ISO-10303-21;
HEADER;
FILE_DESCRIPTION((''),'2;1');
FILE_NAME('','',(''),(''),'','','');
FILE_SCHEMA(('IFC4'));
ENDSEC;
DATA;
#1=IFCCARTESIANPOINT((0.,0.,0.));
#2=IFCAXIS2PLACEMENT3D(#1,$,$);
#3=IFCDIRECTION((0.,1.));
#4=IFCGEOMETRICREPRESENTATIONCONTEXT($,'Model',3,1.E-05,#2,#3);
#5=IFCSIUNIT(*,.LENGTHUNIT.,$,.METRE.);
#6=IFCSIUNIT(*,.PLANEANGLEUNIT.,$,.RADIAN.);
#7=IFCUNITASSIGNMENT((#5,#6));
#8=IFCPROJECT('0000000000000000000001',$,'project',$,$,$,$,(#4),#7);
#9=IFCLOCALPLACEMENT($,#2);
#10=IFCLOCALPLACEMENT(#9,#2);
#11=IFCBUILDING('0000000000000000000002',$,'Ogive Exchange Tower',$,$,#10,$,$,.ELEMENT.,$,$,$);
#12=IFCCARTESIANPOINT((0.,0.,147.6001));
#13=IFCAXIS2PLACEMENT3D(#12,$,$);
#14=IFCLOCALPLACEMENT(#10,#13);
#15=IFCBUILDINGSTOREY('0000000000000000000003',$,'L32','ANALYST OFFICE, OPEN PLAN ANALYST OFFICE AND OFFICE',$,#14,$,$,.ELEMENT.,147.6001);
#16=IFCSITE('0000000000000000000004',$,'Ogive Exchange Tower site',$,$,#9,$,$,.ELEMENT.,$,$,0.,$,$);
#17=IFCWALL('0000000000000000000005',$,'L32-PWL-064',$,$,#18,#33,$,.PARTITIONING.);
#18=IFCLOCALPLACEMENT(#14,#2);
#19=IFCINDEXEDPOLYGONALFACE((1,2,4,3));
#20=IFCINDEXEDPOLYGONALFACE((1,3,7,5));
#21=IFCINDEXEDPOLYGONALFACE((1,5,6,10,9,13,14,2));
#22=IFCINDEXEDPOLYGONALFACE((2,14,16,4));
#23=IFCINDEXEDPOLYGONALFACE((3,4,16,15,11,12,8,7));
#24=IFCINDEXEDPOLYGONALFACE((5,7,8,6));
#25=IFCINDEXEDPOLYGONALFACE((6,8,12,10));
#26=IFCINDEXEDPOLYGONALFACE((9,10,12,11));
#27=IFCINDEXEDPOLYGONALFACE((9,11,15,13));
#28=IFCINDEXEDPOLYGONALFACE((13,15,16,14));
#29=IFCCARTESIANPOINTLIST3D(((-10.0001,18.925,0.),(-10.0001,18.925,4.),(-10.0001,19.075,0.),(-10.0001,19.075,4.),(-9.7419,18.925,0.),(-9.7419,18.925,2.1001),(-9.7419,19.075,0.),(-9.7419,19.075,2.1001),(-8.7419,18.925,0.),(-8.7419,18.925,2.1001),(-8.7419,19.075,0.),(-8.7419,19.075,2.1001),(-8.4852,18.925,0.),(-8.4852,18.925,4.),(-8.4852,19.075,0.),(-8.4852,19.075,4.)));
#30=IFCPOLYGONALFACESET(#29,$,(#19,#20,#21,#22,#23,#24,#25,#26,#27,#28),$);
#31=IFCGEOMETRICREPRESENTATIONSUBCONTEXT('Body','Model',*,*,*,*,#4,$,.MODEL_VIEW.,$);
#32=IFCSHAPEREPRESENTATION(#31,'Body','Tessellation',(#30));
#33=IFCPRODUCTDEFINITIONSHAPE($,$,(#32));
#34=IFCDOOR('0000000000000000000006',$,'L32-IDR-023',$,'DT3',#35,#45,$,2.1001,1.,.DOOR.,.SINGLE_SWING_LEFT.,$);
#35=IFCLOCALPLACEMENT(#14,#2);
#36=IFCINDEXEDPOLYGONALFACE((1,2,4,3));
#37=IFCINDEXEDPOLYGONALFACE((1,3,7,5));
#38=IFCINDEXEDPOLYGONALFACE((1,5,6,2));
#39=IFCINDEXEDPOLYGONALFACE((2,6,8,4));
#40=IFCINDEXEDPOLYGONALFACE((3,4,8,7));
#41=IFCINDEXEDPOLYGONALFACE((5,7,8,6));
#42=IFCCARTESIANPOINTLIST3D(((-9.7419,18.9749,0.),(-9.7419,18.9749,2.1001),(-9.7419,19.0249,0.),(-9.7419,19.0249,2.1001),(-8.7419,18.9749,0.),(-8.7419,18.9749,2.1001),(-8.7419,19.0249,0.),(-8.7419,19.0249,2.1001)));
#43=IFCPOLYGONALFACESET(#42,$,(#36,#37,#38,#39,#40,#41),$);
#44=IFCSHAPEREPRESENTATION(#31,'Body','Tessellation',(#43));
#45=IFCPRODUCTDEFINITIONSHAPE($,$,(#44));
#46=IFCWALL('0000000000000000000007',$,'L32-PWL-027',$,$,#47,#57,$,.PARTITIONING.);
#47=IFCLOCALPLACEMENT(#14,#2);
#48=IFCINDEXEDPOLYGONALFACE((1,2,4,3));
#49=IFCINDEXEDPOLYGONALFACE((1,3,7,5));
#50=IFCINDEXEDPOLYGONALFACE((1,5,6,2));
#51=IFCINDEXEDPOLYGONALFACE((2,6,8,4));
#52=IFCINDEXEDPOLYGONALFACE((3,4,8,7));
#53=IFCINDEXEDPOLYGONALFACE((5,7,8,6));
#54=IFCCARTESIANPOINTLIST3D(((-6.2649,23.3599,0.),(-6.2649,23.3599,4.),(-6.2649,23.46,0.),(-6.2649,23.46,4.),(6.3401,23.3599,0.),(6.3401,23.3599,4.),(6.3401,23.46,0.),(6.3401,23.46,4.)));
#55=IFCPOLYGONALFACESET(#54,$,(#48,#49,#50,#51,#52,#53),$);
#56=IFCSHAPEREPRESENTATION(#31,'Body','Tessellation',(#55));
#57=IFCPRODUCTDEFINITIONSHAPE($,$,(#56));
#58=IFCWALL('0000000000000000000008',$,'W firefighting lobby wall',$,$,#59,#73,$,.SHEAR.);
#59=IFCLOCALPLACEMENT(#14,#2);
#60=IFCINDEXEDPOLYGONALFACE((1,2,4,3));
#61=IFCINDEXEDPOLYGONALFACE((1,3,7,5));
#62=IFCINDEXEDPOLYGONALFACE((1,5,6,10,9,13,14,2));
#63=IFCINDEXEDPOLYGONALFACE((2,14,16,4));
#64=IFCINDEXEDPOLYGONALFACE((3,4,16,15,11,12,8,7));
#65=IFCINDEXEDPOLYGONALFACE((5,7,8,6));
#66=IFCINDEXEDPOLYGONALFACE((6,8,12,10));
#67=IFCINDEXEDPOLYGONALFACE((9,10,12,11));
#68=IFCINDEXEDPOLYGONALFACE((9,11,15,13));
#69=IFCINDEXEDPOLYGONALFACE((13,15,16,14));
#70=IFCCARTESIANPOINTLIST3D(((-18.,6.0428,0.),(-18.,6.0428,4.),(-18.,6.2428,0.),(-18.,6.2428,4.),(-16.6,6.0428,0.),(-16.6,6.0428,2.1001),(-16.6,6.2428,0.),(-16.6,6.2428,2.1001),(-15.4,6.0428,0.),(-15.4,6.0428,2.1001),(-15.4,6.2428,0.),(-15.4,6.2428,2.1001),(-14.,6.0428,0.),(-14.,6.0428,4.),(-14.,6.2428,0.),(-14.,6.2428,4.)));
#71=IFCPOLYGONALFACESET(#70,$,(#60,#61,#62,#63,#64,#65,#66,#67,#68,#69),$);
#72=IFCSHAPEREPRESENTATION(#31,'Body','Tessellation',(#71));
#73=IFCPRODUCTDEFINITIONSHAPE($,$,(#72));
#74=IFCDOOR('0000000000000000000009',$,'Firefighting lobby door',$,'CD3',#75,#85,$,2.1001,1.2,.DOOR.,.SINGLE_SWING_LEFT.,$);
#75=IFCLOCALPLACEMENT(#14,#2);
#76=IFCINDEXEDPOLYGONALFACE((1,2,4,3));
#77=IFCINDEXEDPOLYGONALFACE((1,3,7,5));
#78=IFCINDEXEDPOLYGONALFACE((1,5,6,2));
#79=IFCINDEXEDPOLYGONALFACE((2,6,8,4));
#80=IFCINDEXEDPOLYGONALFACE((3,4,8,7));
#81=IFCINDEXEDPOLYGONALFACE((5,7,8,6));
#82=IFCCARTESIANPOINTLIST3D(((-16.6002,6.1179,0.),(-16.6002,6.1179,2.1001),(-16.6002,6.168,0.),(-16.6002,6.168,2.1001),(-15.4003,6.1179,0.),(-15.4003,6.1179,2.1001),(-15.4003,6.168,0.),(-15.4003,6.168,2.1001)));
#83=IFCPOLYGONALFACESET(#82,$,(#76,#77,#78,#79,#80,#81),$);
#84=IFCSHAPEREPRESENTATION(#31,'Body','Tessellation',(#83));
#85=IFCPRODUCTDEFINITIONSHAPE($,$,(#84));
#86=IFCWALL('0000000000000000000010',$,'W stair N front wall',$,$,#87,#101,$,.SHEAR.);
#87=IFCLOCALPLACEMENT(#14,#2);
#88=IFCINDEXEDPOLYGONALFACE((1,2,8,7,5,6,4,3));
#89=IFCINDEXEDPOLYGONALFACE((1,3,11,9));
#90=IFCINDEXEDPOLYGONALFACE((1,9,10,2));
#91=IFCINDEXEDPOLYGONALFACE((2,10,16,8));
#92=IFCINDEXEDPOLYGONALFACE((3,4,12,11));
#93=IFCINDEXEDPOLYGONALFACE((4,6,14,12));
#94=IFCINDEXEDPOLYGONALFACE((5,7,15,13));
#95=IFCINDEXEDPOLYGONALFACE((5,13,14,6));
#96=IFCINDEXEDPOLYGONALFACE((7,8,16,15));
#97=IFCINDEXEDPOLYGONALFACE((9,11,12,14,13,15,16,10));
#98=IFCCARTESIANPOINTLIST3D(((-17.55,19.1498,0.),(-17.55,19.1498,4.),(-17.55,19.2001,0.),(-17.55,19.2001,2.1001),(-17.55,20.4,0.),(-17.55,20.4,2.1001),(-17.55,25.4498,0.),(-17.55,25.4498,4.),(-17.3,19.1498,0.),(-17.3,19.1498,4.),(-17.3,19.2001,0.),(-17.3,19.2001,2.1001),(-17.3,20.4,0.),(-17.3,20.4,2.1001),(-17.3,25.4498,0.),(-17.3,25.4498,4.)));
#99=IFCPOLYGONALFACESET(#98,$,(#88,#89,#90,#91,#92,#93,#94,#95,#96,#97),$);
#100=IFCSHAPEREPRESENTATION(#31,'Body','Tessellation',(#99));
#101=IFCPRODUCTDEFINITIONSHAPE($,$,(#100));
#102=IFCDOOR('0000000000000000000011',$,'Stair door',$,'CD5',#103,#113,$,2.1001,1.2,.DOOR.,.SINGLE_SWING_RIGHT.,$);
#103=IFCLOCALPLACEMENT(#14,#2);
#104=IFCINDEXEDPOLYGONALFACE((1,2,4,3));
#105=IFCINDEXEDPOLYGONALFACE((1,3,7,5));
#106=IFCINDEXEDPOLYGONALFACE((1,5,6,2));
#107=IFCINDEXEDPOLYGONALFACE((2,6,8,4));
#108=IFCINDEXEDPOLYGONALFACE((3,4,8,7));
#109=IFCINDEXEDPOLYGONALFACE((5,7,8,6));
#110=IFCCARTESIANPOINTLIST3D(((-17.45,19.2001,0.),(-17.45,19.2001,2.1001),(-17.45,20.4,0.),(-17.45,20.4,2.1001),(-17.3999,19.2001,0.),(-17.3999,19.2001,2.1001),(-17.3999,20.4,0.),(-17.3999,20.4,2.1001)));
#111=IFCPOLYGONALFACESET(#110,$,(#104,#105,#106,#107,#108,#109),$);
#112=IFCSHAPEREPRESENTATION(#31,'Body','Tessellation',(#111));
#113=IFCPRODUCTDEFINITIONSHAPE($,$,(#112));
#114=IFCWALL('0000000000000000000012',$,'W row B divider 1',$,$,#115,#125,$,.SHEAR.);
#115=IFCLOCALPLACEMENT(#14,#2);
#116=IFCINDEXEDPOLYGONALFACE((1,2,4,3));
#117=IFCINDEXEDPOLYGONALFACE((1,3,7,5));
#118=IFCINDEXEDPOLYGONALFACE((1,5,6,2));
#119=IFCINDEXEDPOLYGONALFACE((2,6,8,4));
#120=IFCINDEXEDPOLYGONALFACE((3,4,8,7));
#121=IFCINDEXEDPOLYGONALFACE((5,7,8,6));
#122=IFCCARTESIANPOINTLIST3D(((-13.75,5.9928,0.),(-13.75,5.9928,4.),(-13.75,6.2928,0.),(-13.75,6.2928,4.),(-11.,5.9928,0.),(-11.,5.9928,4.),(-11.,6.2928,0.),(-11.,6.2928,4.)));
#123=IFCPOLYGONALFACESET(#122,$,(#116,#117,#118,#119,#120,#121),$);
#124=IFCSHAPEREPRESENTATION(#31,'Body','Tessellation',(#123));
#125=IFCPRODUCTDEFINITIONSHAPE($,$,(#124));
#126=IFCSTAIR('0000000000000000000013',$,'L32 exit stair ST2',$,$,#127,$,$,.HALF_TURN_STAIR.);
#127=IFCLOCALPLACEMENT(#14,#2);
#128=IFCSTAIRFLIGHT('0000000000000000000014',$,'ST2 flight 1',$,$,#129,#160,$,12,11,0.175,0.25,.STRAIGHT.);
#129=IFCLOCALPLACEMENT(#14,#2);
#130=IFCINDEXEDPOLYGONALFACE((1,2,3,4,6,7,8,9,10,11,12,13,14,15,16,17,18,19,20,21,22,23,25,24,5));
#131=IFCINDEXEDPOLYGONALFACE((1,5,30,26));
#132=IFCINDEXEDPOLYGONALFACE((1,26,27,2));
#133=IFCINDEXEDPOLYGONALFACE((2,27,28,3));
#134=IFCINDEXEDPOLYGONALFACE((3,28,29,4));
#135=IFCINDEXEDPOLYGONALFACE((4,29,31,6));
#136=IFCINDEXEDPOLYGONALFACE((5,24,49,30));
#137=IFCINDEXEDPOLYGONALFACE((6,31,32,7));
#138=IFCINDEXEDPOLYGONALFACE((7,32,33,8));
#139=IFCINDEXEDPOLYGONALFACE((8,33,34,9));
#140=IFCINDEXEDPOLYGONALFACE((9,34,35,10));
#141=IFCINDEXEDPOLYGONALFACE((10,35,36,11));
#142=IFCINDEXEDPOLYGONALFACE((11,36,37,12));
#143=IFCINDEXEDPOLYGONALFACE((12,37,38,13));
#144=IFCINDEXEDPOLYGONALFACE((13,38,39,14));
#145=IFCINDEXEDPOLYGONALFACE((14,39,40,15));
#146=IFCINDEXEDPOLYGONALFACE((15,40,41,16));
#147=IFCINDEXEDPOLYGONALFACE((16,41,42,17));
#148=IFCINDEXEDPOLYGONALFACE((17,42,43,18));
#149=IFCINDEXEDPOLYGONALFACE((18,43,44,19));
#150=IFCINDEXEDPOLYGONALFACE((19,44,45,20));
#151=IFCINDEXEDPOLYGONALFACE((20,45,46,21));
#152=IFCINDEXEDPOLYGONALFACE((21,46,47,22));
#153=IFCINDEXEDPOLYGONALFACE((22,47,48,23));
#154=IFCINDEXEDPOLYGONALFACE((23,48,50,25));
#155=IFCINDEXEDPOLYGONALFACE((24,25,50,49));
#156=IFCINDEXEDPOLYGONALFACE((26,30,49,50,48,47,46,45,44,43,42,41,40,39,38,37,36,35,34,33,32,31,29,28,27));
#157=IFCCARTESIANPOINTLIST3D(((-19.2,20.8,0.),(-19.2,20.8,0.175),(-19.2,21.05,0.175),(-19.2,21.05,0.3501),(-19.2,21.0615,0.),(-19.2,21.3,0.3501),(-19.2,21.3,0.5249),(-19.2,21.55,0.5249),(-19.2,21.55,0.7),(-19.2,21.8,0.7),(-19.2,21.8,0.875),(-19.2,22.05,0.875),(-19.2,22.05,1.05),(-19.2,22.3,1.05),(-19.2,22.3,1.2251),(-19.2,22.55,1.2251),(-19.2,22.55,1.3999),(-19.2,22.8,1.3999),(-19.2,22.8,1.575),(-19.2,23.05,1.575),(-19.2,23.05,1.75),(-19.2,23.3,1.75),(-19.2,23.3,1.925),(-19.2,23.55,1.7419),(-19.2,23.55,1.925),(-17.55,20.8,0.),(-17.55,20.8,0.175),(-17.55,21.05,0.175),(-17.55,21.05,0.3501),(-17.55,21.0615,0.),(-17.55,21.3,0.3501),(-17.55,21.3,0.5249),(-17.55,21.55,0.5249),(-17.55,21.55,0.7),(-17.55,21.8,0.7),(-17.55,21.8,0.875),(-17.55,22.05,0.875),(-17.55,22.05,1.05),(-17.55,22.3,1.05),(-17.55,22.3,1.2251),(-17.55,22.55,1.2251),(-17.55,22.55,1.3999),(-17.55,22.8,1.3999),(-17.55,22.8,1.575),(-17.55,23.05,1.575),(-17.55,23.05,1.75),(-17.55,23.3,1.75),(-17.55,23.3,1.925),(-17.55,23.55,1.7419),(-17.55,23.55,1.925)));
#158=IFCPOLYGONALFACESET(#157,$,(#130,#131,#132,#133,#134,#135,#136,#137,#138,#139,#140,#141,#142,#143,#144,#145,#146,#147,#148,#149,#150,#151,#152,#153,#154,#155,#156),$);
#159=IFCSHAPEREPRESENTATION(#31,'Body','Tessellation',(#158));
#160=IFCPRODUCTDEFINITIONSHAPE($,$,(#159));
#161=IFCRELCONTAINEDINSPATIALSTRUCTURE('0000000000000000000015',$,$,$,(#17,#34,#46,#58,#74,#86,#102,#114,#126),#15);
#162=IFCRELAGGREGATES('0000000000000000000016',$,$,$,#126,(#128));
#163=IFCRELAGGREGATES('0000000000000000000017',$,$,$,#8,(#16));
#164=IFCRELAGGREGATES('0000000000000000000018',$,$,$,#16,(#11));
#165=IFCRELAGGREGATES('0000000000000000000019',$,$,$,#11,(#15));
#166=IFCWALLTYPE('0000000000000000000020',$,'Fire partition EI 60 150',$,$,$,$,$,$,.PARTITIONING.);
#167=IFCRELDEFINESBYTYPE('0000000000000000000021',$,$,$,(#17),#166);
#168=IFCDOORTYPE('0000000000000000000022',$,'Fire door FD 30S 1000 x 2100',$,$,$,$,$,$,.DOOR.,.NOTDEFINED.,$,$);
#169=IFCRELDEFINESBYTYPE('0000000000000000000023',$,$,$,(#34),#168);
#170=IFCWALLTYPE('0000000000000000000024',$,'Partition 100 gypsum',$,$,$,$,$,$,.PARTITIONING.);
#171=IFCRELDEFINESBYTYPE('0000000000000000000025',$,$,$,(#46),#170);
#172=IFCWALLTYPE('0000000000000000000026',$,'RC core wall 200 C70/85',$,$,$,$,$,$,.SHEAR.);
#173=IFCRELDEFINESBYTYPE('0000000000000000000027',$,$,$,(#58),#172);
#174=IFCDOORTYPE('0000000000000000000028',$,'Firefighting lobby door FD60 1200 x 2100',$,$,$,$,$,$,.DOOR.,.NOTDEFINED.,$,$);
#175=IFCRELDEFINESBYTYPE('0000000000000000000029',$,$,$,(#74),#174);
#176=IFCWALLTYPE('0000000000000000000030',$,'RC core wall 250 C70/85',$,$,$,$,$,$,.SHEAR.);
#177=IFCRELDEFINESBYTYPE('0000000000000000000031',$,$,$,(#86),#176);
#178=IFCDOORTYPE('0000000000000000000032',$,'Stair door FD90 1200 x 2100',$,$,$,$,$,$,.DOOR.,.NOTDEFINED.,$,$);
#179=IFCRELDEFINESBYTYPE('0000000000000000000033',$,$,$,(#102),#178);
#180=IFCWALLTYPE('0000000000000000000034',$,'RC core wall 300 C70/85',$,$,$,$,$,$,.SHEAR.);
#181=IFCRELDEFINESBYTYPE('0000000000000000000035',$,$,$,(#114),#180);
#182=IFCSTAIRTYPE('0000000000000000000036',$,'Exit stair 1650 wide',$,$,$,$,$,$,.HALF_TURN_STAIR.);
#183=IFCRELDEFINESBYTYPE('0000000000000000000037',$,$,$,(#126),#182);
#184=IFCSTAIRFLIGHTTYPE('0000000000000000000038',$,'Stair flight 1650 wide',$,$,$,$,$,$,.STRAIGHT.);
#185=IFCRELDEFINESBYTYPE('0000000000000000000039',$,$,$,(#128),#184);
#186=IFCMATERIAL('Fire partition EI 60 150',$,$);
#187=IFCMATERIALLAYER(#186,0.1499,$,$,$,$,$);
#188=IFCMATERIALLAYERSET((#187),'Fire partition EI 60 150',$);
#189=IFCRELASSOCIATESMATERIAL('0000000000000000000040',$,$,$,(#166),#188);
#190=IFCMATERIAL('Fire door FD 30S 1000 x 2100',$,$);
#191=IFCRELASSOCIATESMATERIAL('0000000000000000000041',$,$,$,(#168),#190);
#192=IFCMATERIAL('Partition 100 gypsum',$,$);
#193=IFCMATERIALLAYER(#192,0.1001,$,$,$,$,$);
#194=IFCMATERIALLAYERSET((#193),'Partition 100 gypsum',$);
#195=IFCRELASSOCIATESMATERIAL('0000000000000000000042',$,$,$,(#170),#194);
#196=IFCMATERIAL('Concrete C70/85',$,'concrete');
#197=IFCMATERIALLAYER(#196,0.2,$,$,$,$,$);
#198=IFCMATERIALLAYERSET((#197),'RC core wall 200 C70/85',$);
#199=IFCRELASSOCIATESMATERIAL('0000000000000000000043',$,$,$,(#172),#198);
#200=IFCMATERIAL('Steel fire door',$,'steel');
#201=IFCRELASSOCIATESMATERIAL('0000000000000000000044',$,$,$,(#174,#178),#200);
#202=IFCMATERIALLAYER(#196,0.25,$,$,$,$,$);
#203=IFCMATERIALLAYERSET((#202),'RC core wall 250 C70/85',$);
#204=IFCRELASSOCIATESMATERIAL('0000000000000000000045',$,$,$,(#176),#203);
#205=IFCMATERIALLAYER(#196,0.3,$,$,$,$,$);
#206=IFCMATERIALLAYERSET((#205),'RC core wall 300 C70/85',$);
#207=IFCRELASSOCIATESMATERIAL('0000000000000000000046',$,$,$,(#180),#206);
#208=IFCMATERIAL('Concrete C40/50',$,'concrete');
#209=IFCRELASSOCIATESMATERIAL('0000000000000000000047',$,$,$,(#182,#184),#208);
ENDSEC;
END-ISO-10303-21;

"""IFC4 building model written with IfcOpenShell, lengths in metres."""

from ifc_helpers import new_model, si_unit, direction, frame, frame_2d, origin, place, context, subcontext, project, spatial, polyline, rectangle, outline, extrude, material, layer, layer_set, type_object, element, fill, aggregate, save


model = new_model("IFC4")

# Units and contexts
model_context = context("Model", 3, precision=1e-05, world=origin(), true_north=direction((0.0, 1.0)))
body_context = subcontext(model_context, "Body", "Model", "MODEL_VIEW")
ifc_project = project(units=[si_unit("LENGTHUNIT", "METRE"), si_unit("PLANEANGLEUNIT", "RADIAN")], contexts=[model_context])

# Site, building, storey
site_placement = place(None, origin())
site = spatial("IfcSite", under=ifc_project, at=site_placement, Name="Ogive Exchange Tower site", CompositionType="ELEMENT", RefElevation=0.0)
building_placement = place(site_placement, origin())
building = spatial("IfcBuilding", under=site, at=building_placement, Name="Ogive Exchange Tower", CompositionType="ELEMENT")
storey_placement = place(building_placement, frame((0.0, 0.0, 147.6001)))
storey = spatial("IfcBuildingStorey", under=building, at=storey_placement, Name="L32", Description="ANALYST OFFICE, OPEN PLAN ANALYST OFFICE AND OFFICE", CompositionType="ELEMENT", Elevation=147.6001)

# Shared definitions
ifc_material_1 = material(Name="Fire partition EI 60 150")
ifc_layer_1 = layer(ifc_material_1, 0.1499)
ifc_layer_set_1 = layer_set([ifc_layer_1], Name="Fire partition EI 60 150")
wall_type_1 = type_object("IfcWallType", Name="Fire partition EI 60 150", PredefinedType="PARTITIONING", material=ifc_layer_set_1)
ifc_material_2 = material(Name="Fire door FD 30S 1000 x 2100")
door_type_1 = type_object("IfcDoorType", Name="Fire door FD 30S 1000 x 2100", OperationType="NOTDEFINED", PredefinedType="DOOR", material=ifc_material_2)

# Wall, opening, door
wall_1_placement = place(storey_placement, frame((-10.0, 19.0, 0.0), z_axis=(0.0, 0.0, 1.0), x_axis=(1.0, 0.0, 0.0)))
wall_1 = element("IfcWall", 1, at=wall_1_placement, inside=storey, type_object=wall_type_1, Name="L32-PWL-064", PredefinedType="PARTITIONING", context=body_context, shape_type="SweptSolid", body=[
    extrude(rectangle(XDim=1.5149, YDim=0.1499, at=frame_2d((0.7573, 0.0))), origin(), (0.0, 0.0, 1.0), 4.0),
])
opening_1_placement = place(wall_1_placement, frame((0.2581, 0.0, 0.0)))
opening_1 = element("IfcOpeningElement", 2, at=opening_1_placement, cuts=wall_1, PredefinedType="OPENING", context=body_context, shape_type="SweptSolid", body=[
    extrude(rectangle(XDim=1.0, YDim=2.1001, at=frame_2d((0.5, 1.05))), frame((0.0, 0.085, 0.0), z_axis=(0.0, -1.0, 0.0), x_axis=(1.0, 0.0, 0.0)), (0.0, 0.0, 1.0), 0.1699),
])
door_1_placement = place(opening_1_placement, origin())
door_1 = element("IfcDoor", 3, at=door_1_placement, inside=storey, type_object=door_type_1, Name="L32-IDR-023", ObjectType="DT3", OperationType="SINGLE_SWING_LEFT", OverallHeight=2.1001, OverallWidth=1.0, PredefinedType="DOOR", context=body_context, shape_type="SweptSolid", body=[
    extrude(rectangle(XDim=1.0, YDim=2.1001, at=frame_2d((0.5, 1.05))), frame((0.0, 0.0249, 0.0), z_axis=(0.0, -1.0, 0.0), x_axis=(1.0, 0.0, 0.0)), (0.0, 0.0, 1.0), 0.05),
])
fill(opening_1, door_1)

# Wall
ifc_material_3 = material(Name="Partition 100 gypsum")
ifc_layer_2 = layer(ifc_material_3, 0.1001)
ifc_layer_set_2 = layer_set([ifc_layer_2], Name="Partition 100 gypsum")
wall_type_2 = type_object("IfcWallType", Name="Partition 100 gypsum", PredefinedType="PARTITIONING", material=ifc_layer_set_2)
wall_2_placement = place(storey_placement, frame((-6.2649, 23.4099, 0.0), z_axis=(0.0, 0.0, 1.0), x_axis=(1.0, 0.0, 0.0)))
element("IfcWall", 4, at=wall_2_placement, inside=storey, type_object=wall_type_2, Name="L32-PWL-027", PredefinedType="PARTITIONING", context=body_context, shape_type="SweptSolid", body=[
    extrude(rectangle(XDim=12.605, YDim=0.1001, at=frame_2d((6.3025, 0.0))), origin(), (0.0, 0.0, 1.0), 4.0),
])

# Walls, openings, doors
ifc_material_4 = material(Name="Concrete C70/85", Category="concrete")
ifc_layer_3 = layer(ifc_material_4, 0.2)
ifc_layer_set_3 = layer_set([ifc_layer_3], Name="RC core wall 200 C70/85")
wall_type_3 = type_object("IfcWallType", Name="RC core wall 200 C70/85", PredefinedType="SHEAR", material=ifc_layer_set_3)
wall_3_placement = place(storey_placement, frame((-18.0, 6.1428, 0.0), z_axis=(0.0, 0.0, 1.0), x_axis=(1.0, 0.0, 0.0)))
wall_3 = element("IfcWall", 5, at=wall_3_placement, inside=storey, type_object=wall_type_3, Name="W firefighting lobby wall", PredefinedType="SHEAR", context=body_context, shape_type="SweptSolid", body=[
    extrude(rectangle(XDim=4.0, YDim=0.2, at=frame_2d((2.0, 0.0))), origin(), (0.0, 0.0, 1.0), 4.0),
])
opening_2_placement = place(wall_3_placement, frame((1.3999, 0.0, 0.0)))
opening_2 = element("IfcOpeningElement", 6, at=opening_2_placement, cuts=wall_3, PredefinedType="OPENING", context=body_context, shape_type="SweptSolid", body=[
    extrude(rectangle(XDim=1.2, YDim=2.1001, at=frame_2d((0.6001, 1.05))), frame((0.0, 0.1099, 0.0), z_axis=(0.0, -1.0, 0.0), x_axis=(1.0, 0.0, 0.0)), (0.0, 0.0, 1.0), 0.22),
])
ifc_material_5 = material(Name="Steel fire door", Category="steel")
door_type_2 = type_object("IfcDoorType", Name="Firefighting lobby door FD60 1200 x 2100", OperationType="NOTDEFINED", PredefinedType="DOOR", material=ifc_material_5)
door_2_placement = place(opening_2_placement, frame((1.2, 0.0, 0.0), z_axis=(0.0, 0.0, 1.0), x_axis=(-1.0, 0.0, 0.0)))
door_2 = element("IfcDoor", 7, at=door_2_placement, inside=storey, type_object=door_type_2, Name="Firefighting lobby door", ObjectType="CD3", OperationType="SINGLE_SWING_LEFT", OverallHeight=2.1001, OverallWidth=1.2, PredefinedType="DOOR", context=body_context, shape_type="SweptSolid", body=[
    extrude(rectangle(XDim=1.2, YDim=2.1001, at=frame_2d((0.6001, 1.05))), frame((0.0, 0.0249, 0.0), z_axis=(0.0, -1.0, 0.0), x_axis=(1.0, 0.0, 0.0)), (0.0, 0.0, 1.0), 0.05),
])
fill(opening_2, door_2)
ifc_layer_4 = layer(ifc_material_4, 0.25)
ifc_layer_set_4 = layer_set([ifc_layer_4], Name="RC core wall 250 C70/85")
wall_type_4 = type_object("IfcWallType", Name="RC core wall 250 C70/85", PredefinedType="SHEAR", material=ifc_layer_set_4)
wall_4_placement = place(storey_placement, frame((-17.425, 19.1499, 0.0), z_axis=(0.0, 0.0, 1.0), x_axis=(0.0, 1.0, 0.0)))
wall_4 = element("IfcWall", 8, at=wall_4_placement, inside=storey, type_object=wall_type_4, Name="W stair N front wall", PredefinedType="SHEAR", context=body_context, shape_type="SweptSolid", body=[
    extrude(rectangle(XDim=6.3, YDim=0.25, at=frame_2d((3.1499, 0.0))), origin(), (0.0, 0.0, 1.0), 4.0),
])
opening_3_placement = place(wall_4_placement, frame((0.05, 0.0, 0.0)))
opening_3 = element("IfcOpeningElement", 9, at=opening_3_placement, cuts=wall_4, PredefinedType="OPENING", context=body_context, shape_type="SweptSolid", body=[
    extrude(rectangle(XDim=1.2, YDim=2.1001, at=frame_2d((0.6001, 1.05))), frame((0.0, 0.135, 0.0), z_axis=(0.0, -1.0, 0.0), x_axis=(1.0, 0.0, 0.0)), (0.0, 0.0, 1.0), 0.27),
])
door_type_3 = type_object("IfcDoorType", Name="Stair door FD90 1200 x 2100", OperationType="NOTDEFINED", PredefinedType="DOOR", material=ifc_material_5)
door_3_placement = place(opening_3_placement, origin())
door_3 = element("IfcDoor", 10, at=door_3_placement, inside=storey, type_object=door_type_3, Name="Stair door", ObjectType="CD5", OperationType="SINGLE_SWING_RIGHT", OverallHeight=2.1001, OverallWidth=1.2, PredefinedType="DOOR", context=body_context, shape_type="SweptSolid", body=[
    extrude(rectangle(XDim=1.2, YDim=2.1001, at=frame_2d((0.6001, 1.05))), frame((0.0, 0.0249, 0.0), z_axis=(0.0, -1.0, 0.0), x_axis=(1.0, 0.0, 0.0)), (0.0, 0.0, 1.0), 0.05),
])
fill(opening_3, door_3)

# Wall
ifc_layer_5 = layer(ifc_material_4, 0.3)
ifc_layer_set_5 = layer_set([ifc_layer_5], Name="RC core wall 300 C70/85")
wall_type_5 = type_object("IfcWallType", Name="RC core wall 300 C70/85", PredefinedType="SHEAR", material=ifc_layer_set_5)
wall_5_placement = place(storey_placement, frame((-13.75, 6.1428, 0.0), z_axis=(0.0, 0.0, 1.0), x_axis=(1.0, 0.0, 0.0)))
element("IfcWall", 11, at=wall_5_placement, inside=storey, type_object=wall_type_5, Name="W row B divider 1", PredefinedType="SHEAR", context=body_context, shape_type="SweptSolid", body=[
    extrude(rectangle(XDim=2.75, YDim=0.3, at=frame_2d((1.375, 0.0))), origin(), (0.0, 0.0, 1.0), 4.0),
])

# Stair, stair flight
ifc_material_6 = material(Name="Concrete C40/50", Category="concrete")
stair_type = type_object("IfcStairType", Name="Exit stair 1650 wide", PredefinedType="HALF_TURN_STAIR", material=ifc_material_6)
stair_placement = place(storey_placement, origin())
stair = element("IfcStair", 12, at=stair_placement, inside=storey, type_object=stair_type, Name="L32 exit stair ST2", PredefinedType="HALF_TURN_STAIR")
stair_flight_type = type_object("IfcStairFlightType", Name="Stair flight 1650 wide", PredefinedType="STRAIGHT", material=ifc_material_6)
stair_flight_placement = place(storey_placement, frame((-18.375, 20.8, 0.0), z_axis=(0.0, 0.0, 1.0), x_axis=(0.0, 1.0, 0.0)))
stair_flight = element("IfcStairFlight", 13, at=stair_flight_placement, type_object=stair_flight_type, Name="ST2 flight 1", NumberOfRisers=12, NumberOfTreads=11, PredefinedType="STRAIGHT", RiserHeight=0.175, TreadLength=0.25, context=body_context, shape_type="SweptSolid", body=[
    extrude(outline(polyline([(0.0, 0.0), (0.0, 0.175), (0.25, 0.175), (0.25, 0.3501), (0.5, 0.3501), (0.5, 0.5249), (0.75, 0.5249), (0.75, 0.7), (1.0, 0.7), (1.0, 0.875), (1.25, 0.875), (1.25, 1.05), (1.5, 1.05), (1.5, 1.2251), (1.75, 1.2251), (1.75, 1.3999), (2.0, 1.3999), (2.0, 1.575), (2.25, 1.575), (2.25, 1.75), (2.5, 1.75), (2.5, 1.925), (2.75, 1.925), (2.75, 2.1001), (2.75, 1.7419), (0.2615, 0.0), (0.0, 0.0)])), frame((0.0, 0.825, 0.0), z_axis=(0.0, -1.0, 0.0), x_axis=(1.0, 0.0, 0.0)), (0.0, 0.0, 1.0), 1.6499),
])
aggregate(stair, [stair_flight])

save(model, "model.ifc")
